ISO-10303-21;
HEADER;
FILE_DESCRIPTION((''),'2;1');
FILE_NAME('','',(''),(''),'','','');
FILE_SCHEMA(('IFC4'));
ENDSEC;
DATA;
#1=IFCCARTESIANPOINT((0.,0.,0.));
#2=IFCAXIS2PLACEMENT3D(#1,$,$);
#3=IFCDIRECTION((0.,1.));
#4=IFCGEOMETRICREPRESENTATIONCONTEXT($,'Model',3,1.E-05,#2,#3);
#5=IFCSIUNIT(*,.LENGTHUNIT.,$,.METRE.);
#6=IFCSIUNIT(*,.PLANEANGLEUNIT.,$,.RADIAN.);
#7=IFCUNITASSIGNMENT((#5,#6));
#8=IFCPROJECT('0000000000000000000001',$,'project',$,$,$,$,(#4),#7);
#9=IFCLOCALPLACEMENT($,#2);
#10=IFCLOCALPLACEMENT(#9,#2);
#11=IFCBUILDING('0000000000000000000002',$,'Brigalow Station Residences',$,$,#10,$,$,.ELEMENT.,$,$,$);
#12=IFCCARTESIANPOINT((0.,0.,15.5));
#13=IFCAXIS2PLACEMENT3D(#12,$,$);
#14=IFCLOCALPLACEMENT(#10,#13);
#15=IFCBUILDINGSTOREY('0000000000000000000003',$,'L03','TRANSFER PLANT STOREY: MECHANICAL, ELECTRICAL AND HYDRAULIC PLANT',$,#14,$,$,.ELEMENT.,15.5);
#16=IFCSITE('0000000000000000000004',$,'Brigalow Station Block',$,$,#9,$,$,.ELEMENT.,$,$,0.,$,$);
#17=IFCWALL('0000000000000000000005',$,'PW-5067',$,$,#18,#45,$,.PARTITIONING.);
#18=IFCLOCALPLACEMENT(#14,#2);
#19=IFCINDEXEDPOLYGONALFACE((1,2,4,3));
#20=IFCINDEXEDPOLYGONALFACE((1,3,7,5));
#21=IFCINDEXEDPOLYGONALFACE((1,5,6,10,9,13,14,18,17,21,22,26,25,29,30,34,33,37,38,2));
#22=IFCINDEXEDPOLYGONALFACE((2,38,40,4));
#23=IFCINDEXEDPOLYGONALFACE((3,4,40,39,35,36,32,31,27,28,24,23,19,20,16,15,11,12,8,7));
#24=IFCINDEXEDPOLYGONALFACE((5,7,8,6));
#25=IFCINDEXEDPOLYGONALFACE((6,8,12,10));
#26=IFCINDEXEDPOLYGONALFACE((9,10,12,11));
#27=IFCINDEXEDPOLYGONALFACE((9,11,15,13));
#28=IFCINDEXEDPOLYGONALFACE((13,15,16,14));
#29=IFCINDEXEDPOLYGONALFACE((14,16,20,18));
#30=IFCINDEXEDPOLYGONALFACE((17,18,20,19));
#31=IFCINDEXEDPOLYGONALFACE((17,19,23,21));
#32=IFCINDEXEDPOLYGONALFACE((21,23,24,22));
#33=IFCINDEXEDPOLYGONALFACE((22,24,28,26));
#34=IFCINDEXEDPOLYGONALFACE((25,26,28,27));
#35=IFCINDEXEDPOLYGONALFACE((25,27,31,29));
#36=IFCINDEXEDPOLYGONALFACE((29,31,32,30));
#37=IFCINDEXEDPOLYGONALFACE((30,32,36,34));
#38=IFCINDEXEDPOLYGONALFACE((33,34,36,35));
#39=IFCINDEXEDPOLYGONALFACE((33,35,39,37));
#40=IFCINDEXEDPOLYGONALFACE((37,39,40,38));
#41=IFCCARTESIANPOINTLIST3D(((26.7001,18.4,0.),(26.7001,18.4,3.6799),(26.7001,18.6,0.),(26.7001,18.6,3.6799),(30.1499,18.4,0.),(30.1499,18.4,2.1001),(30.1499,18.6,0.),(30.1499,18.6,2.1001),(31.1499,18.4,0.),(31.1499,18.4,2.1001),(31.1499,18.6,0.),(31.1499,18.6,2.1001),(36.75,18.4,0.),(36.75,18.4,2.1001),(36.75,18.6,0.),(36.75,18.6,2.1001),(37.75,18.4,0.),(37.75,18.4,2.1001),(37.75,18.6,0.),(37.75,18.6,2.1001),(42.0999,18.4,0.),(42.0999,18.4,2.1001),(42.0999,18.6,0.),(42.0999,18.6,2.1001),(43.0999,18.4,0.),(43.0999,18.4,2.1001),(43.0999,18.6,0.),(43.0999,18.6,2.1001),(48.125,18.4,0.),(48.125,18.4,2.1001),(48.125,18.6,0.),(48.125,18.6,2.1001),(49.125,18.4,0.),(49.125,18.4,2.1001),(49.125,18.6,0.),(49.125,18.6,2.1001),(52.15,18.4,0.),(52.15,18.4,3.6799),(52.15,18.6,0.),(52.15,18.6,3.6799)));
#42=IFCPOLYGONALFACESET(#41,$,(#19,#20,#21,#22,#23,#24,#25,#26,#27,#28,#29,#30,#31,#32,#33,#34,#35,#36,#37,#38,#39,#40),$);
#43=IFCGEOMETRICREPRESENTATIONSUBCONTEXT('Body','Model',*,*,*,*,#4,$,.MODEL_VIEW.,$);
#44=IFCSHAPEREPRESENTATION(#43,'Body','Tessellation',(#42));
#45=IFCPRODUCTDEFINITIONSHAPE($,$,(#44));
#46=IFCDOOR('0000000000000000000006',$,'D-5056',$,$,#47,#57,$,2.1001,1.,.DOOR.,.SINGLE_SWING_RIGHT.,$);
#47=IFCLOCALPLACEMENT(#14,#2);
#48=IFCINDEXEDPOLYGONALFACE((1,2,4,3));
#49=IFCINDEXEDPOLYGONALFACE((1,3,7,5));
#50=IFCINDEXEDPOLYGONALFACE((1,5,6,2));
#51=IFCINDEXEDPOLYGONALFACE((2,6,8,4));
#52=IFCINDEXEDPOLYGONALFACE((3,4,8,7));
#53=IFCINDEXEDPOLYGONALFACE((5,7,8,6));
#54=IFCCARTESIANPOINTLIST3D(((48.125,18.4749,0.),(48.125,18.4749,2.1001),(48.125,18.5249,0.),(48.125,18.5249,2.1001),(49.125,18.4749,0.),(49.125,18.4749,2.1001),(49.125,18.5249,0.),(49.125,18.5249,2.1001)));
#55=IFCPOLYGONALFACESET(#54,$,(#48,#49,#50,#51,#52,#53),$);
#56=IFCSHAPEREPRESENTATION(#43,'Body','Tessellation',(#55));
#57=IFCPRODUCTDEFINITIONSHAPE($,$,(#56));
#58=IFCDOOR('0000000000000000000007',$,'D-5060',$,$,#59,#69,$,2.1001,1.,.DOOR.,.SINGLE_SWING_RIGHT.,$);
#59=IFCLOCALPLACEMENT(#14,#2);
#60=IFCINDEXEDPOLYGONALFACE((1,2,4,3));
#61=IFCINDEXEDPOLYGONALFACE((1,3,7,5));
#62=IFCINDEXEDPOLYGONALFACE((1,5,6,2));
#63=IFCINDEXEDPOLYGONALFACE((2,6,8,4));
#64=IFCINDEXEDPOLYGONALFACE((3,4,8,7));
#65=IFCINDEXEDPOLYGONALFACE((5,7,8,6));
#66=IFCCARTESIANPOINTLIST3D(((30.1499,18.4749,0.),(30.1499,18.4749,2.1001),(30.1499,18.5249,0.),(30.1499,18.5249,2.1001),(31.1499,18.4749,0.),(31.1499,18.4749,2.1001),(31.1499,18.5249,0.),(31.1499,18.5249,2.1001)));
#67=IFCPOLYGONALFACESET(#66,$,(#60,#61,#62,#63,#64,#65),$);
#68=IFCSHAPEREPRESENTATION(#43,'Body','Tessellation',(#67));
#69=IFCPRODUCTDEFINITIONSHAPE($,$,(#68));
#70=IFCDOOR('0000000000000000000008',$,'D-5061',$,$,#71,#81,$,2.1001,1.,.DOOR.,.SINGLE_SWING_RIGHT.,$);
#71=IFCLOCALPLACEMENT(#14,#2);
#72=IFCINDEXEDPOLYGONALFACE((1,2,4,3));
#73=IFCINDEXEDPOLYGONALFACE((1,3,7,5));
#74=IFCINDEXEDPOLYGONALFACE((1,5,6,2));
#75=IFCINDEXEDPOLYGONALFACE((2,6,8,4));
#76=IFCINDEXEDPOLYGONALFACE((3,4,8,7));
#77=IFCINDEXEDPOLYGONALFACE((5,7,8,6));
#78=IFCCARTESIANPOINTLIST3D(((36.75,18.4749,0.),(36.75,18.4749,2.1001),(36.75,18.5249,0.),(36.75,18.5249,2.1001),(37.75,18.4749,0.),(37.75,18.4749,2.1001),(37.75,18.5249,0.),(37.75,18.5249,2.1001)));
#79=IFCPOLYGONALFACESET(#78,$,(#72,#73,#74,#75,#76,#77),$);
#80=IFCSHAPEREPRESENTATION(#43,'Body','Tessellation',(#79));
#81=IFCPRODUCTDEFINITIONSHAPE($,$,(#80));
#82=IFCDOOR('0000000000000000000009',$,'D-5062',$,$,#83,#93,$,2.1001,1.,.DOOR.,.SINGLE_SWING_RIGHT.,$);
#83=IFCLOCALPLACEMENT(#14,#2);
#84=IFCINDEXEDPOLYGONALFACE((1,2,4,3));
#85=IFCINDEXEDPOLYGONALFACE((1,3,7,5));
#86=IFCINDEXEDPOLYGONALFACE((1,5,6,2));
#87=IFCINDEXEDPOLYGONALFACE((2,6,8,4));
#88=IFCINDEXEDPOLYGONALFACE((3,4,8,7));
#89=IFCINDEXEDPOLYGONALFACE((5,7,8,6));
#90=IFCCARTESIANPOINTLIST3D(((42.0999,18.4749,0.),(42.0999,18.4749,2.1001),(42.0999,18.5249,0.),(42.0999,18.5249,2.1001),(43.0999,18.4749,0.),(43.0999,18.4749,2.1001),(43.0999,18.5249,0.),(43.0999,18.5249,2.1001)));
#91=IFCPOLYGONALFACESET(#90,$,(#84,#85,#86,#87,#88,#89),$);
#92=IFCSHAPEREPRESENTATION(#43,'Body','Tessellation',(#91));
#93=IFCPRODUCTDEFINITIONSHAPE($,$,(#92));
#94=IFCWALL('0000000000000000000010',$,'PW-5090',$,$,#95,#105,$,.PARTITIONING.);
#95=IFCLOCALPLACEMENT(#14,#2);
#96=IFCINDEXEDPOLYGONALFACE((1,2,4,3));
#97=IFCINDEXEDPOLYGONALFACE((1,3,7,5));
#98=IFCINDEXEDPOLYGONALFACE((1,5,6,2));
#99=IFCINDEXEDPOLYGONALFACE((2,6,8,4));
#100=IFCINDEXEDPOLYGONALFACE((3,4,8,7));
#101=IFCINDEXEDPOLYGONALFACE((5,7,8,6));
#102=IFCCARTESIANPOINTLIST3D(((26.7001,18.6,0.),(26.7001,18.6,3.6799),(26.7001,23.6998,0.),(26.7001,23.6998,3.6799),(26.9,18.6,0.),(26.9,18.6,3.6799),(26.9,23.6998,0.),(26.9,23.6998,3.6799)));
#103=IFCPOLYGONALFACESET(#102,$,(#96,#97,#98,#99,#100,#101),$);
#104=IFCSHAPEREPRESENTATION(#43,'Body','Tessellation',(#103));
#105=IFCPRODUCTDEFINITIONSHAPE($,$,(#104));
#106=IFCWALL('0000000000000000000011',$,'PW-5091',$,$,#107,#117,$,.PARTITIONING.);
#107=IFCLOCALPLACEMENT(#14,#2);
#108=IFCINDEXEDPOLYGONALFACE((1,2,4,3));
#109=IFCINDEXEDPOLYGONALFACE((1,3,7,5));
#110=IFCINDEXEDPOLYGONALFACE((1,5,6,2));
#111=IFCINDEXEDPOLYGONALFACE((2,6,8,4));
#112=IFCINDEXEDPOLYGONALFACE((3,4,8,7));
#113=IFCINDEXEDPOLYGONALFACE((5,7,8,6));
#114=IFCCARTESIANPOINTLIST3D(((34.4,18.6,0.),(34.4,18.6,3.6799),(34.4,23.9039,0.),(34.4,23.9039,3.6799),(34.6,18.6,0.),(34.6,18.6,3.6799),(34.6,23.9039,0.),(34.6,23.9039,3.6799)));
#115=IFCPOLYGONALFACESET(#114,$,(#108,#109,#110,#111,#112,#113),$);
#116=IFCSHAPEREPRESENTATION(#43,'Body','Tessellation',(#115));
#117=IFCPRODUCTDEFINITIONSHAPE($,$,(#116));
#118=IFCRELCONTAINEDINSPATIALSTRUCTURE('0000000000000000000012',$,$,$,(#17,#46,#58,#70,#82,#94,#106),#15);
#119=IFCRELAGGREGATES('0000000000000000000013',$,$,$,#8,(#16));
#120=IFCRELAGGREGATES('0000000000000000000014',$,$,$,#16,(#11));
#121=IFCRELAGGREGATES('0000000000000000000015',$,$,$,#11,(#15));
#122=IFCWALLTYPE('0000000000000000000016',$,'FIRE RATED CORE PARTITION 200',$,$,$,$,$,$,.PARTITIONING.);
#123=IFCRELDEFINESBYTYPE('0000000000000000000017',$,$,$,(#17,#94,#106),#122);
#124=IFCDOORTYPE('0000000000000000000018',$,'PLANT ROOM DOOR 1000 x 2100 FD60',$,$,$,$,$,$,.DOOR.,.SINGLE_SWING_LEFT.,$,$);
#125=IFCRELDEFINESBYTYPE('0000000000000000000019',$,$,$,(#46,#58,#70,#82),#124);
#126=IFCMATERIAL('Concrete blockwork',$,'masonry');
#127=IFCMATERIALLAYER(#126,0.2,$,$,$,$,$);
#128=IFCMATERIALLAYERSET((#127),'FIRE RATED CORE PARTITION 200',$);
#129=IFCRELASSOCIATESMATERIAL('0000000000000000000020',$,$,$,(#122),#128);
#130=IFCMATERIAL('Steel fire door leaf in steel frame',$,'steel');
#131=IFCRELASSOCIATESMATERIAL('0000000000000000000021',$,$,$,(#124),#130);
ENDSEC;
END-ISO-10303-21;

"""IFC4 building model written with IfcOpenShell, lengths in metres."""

from ifc_helpers import new_model, si_unit, direction, frame, frame_2d, origin, place, context, subcontext, project, spatial, rectangle, extrude, material, layer, layer_set, type_object, element, fill, save


model = new_model("IFC4")

# Units and contexts
model_context = context("Model", 3, precision=1e-05, world=origin(), true_north=direction((0.0, 1.0)))
body_context = subcontext(model_context, "Body", "Model", "MODEL_VIEW")
ifc_project = project(units=[si_unit("LENGTHUNIT", "METRE"), si_unit("PLANEANGLEUNIT", "RADIAN")], contexts=[model_context])

# Site, building, storey
site_placement = place(None, origin())
site = spatial("IfcSite", under=ifc_project, at=site_placement, Name="Brigalow Station Block", CompositionType="ELEMENT", RefElevation=0.0)
building_placement = place(site_placement, origin())
building = spatial("IfcBuilding", under=site, at=building_placement, Name="Brigalow Station Residences", CompositionType="ELEMENT")
storey_placement = place(building_placement, frame((0.0, 0.0, 15.5)))
storey = spatial("IfcBuildingStorey", under=building, at=storey_placement, Name="L03", Description="TRANSFER PLANT STOREY: MECHANICAL, ELECTRICAL AND HYDRAULIC PLANT", CompositionType="ELEMENT", Elevation=15.5)

# Shared definitions
ifc_material_1 = material(Name="Concrete blockwork", Category="masonry")
ifc_layer_1 = layer(ifc_material_1, 0.2)
ifc_layer_set_1 = layer_set([ifc_layer_1], Name="FIRE RATED CORE PARTITION 200")
wall_type_1 = type_object("IfcWallType", Name="FIRE RATED CORE PARTITION 200", PredefinedType="PARTITIONING", material=ifc_layer_set_1)

# Wall, openings, doors
wall_1_placement = place(storey_placement, frame((26.7, 18.5, 0.0), z_axis=(0.0, 0.0, 1.0), x_axis=(1.0, 0.0, 0.0)))
wall_1 = element("IfcWall", 1, at=wall_1_placement, inside=storey, type_object=wall_type_1, Name="PW-5067", PredefinedType="PARTITIONING", context=body_context, shape_type="SweptSolid", body=[
    extrude(rectangle(XDim=25.45, YDim=0.2, at=frame_2d((12.7251, 0.0))), origin(), (0.0, 0.0, 1.0), 3.6799),
])
opening_1_placement = place(wall_1_placement, frame((21.425, 0.0, 0.0)))
opening_1 = element("IfcOpeningElement", 2, at=opening_1_placement, cuts=wall_1, PredefinedType="OPENING", context=body_context, shape_type="SweptSolid", body=[
    extrude(rectangle(XDim=1.0, YDim=2.1001, at=frame_2d((0.5, 1.05))), frame((0.0, 0.1099, 0.0), z_axis=(0.0, -1.0, 0.0), x_axis=(1.0, 0.0, 0.0)), (0.0, 0.0, 1.0), 0.22),
])
opening_2_placement = place(wall_1_placement, frame((3.45, 0.0, 0.0)))
opening_2 = element("IfcOpeningElement", 3, at=opening_2_placement, cuts=wall_1, PredefinedType="OPENING", context=body_context, shape_type="SweptSolid", body=[
    extrude(rectangle(XDim=1.0, YDim=2.1001, at=frame_2d((0.5, 1.05))), frame((0.0, 0.1099, 0.0), z_axis=(0.0, -1.0, 0.0), x_axis=(1.0, 0.0, 0.0)), (0.0, 0.0, 1.0), 0.22),
])
opening_3_placement = place(wall_1_placement, frame((10.05, 0.0, 0.0)))
opening_3 = element("IfcOpeningElement", 4, at=opening_3_placement, cuts=wall_1, PredefinedType="OPENING", context=body_context, shape_type="SweptSolid", body=[
    extrude(rectangle(XDim=1.0, YDim=2.1001, at=frame_2d((0.5, 1.05))), frame((0.0, 0.1099, 0.0), z_axis=(0.0, -1.0, 0.0), x_axis=(1.0, 0.0, 0.0)), (0.0, 0.0, 1.0), 0.22),
])
opening_4_placement = place(wall_1_placement, frame((15.3999, 0.0, 0.0)))
opening_4 = element("IfcOpeningElement", 5, at=opening_4_placement, cuts=wall_1, PredefinedType="OPENING", context=body_context, shape_type="SweptSolid", body=[
    extrude(rectangle(XDim=1.0, YDim=2.1001, at=frame_2d((0.5, 1.05))), frame((0.0, 0.1099, 0.0), z_axis=(0.0, -1.0, 0.0), x_axis=(1.0, 0.0, 0.0)), (0.0, 0.0, 1.0), 0.22),
])
ifc_material_2 = material(Name="Steel fire door leaf in steel frame", Category="steel")
door_type = type_object("IfcDoorType", Name="PLANT ROOM DOOR 1000 x 2100 FD60", OperationType="SINGLE_SWING_LEFT", PredefinedType="DOOR", material=ifc_material_2)
door_1_placement = place(opening_1_placement, origin())
door_1 = element("IfcDoor", 6, at=door_1_placement, inside=storey, type_object=door_type, Name="D-5056", OperationType="SINGLE_SWING_RIGHT", OverallHeight=2.1001, OverallWidth=1.0, PredefinedType="DOOR", context=body_context, shape_type="SweptSolid", body=[
    extrude(rectangle(XDim=1.0, YDim=2.1001, at=frame_2d((0.5, 1.05))), frame((0.0, 0.0249, 0.0), z_axis=(0.0, -1.0, 0.0), x_axis=(1.0, 0.0, 0.0)), (0.0, 0.0, 1.0), 0.05),
])
fill(opening_1, door_1)
door_2_placement = place(opening_2_placement, origin())
door_2 = element("IfcDoor", 7, at=door_2_placement, inside=storey, type_object=door_type, Name="D-5060", OperationType="SINGLE_SWING_RIGHT", OverallHeight=2.1001, OverallWidth=1.0, PredefinedType="DOOR", context=body_context, shape_type="SweptSolid", body=[
    extrude(rectangle(XDim=1.0, YDim=2.1001, at=frame_2d((0.5, 1.05))), frame((0.0, 0.0249, 0.0), z_axis=(0.0, -1.0, 0.0), x_axis=(1.0, 0.0, 0.0)), (0.0, 0.0, 1.0), 0.05),
])
fill(opening_2, door_2)
door_3_placement = place(opening_3_placement, origin())
door_3 = element("IfcDoor", 8, at=door_3_placement, inside=storey, type_object=door_type, Name="D-5061", OperationType="SINGLE_SWING_RIGHT", OverallHeight=2.1001, OverallWidth=1.0, PredefinedType="DOOR", context=body_context, shape_type="SweptSolid", body=[
    extrude(rectangle(XDim=1.0, YDim=2.1001, at=frame_2d((0.5, 1.05))), frame((0.0, 0.0249, 0.0), z_axis=(0.0, -1.0, 0.0), x_axis=(1.0, 0.0, 0.0)), (0.0, 0.0, 1.0), 0.05),
])
fill(opening_3, door_3)
door_4_placement = place(opening_4_placement, origin())
door_4 = element("IfcDoor", 9, at=door_4_placement, inside=storey, type_object=door_type, Name="D-5062", OperationType="SINGLE_SWING_RIGHT", OverallHeight=2.1001, OverallWidth=1.0, PredefinedType="DOOR", context=body_context, shape_type="SweptSolid", body=[
    extrude(rectangle(XDim=1.0, YDim=2.1001, at=frame_2d((0.5, 1.05))), frame((0.0, 0.0249, 0.0), z_axis=(0.0, -1.0, 0.0), x_axis=(1.0, 0.0, 0.0)), (0.0, 0.0, 1.0), 0.05),
])
fill(opening_4, door_4)

# Walls
wall_2_placement = place(storey_placement, frame((26.8, 18.6001, 0.0), z_axis=(0.0, 0.0, 1.0), x_axis=(0.0, 1.0, 0.0)))
element("IfcWall", 10, at=wall_2_placement, inside=storey, type_object=wall_type_1, Name="PW-5090", PredefinedType="PARTITIONING", context=body_context, shape_type="SweptSolid", body=[
    extrude(rectangle(XDim=5.0999, YDim=0.2, at=frame_2d((2.5498, 0.0))), origin(), (0.0, 0.0, 1.0), 3.6799),
])
wall_3_placement = place(storey_placement, frame((34.5, 18.6001, 0.0), z_axis=(0.0, 0.0, 1.0), x_axis=(0.0, 1.0, 0.0)))
element("IfcWall", 11, at=wall_3_placement, inside=storey, type_object=wall_type_1, Name="PW-5091", PredefinedType="PARTITIONING", context=body_context, shape_type="SweptSolid", body=[
    extrude(rectangle(XDim=5.304, YDim=0.2, at=frame_2d((2.6519, 0.0))), origin(), (0.0, 0.0, 1.0), 3.6799),
])

save(model, "model.ifc")
